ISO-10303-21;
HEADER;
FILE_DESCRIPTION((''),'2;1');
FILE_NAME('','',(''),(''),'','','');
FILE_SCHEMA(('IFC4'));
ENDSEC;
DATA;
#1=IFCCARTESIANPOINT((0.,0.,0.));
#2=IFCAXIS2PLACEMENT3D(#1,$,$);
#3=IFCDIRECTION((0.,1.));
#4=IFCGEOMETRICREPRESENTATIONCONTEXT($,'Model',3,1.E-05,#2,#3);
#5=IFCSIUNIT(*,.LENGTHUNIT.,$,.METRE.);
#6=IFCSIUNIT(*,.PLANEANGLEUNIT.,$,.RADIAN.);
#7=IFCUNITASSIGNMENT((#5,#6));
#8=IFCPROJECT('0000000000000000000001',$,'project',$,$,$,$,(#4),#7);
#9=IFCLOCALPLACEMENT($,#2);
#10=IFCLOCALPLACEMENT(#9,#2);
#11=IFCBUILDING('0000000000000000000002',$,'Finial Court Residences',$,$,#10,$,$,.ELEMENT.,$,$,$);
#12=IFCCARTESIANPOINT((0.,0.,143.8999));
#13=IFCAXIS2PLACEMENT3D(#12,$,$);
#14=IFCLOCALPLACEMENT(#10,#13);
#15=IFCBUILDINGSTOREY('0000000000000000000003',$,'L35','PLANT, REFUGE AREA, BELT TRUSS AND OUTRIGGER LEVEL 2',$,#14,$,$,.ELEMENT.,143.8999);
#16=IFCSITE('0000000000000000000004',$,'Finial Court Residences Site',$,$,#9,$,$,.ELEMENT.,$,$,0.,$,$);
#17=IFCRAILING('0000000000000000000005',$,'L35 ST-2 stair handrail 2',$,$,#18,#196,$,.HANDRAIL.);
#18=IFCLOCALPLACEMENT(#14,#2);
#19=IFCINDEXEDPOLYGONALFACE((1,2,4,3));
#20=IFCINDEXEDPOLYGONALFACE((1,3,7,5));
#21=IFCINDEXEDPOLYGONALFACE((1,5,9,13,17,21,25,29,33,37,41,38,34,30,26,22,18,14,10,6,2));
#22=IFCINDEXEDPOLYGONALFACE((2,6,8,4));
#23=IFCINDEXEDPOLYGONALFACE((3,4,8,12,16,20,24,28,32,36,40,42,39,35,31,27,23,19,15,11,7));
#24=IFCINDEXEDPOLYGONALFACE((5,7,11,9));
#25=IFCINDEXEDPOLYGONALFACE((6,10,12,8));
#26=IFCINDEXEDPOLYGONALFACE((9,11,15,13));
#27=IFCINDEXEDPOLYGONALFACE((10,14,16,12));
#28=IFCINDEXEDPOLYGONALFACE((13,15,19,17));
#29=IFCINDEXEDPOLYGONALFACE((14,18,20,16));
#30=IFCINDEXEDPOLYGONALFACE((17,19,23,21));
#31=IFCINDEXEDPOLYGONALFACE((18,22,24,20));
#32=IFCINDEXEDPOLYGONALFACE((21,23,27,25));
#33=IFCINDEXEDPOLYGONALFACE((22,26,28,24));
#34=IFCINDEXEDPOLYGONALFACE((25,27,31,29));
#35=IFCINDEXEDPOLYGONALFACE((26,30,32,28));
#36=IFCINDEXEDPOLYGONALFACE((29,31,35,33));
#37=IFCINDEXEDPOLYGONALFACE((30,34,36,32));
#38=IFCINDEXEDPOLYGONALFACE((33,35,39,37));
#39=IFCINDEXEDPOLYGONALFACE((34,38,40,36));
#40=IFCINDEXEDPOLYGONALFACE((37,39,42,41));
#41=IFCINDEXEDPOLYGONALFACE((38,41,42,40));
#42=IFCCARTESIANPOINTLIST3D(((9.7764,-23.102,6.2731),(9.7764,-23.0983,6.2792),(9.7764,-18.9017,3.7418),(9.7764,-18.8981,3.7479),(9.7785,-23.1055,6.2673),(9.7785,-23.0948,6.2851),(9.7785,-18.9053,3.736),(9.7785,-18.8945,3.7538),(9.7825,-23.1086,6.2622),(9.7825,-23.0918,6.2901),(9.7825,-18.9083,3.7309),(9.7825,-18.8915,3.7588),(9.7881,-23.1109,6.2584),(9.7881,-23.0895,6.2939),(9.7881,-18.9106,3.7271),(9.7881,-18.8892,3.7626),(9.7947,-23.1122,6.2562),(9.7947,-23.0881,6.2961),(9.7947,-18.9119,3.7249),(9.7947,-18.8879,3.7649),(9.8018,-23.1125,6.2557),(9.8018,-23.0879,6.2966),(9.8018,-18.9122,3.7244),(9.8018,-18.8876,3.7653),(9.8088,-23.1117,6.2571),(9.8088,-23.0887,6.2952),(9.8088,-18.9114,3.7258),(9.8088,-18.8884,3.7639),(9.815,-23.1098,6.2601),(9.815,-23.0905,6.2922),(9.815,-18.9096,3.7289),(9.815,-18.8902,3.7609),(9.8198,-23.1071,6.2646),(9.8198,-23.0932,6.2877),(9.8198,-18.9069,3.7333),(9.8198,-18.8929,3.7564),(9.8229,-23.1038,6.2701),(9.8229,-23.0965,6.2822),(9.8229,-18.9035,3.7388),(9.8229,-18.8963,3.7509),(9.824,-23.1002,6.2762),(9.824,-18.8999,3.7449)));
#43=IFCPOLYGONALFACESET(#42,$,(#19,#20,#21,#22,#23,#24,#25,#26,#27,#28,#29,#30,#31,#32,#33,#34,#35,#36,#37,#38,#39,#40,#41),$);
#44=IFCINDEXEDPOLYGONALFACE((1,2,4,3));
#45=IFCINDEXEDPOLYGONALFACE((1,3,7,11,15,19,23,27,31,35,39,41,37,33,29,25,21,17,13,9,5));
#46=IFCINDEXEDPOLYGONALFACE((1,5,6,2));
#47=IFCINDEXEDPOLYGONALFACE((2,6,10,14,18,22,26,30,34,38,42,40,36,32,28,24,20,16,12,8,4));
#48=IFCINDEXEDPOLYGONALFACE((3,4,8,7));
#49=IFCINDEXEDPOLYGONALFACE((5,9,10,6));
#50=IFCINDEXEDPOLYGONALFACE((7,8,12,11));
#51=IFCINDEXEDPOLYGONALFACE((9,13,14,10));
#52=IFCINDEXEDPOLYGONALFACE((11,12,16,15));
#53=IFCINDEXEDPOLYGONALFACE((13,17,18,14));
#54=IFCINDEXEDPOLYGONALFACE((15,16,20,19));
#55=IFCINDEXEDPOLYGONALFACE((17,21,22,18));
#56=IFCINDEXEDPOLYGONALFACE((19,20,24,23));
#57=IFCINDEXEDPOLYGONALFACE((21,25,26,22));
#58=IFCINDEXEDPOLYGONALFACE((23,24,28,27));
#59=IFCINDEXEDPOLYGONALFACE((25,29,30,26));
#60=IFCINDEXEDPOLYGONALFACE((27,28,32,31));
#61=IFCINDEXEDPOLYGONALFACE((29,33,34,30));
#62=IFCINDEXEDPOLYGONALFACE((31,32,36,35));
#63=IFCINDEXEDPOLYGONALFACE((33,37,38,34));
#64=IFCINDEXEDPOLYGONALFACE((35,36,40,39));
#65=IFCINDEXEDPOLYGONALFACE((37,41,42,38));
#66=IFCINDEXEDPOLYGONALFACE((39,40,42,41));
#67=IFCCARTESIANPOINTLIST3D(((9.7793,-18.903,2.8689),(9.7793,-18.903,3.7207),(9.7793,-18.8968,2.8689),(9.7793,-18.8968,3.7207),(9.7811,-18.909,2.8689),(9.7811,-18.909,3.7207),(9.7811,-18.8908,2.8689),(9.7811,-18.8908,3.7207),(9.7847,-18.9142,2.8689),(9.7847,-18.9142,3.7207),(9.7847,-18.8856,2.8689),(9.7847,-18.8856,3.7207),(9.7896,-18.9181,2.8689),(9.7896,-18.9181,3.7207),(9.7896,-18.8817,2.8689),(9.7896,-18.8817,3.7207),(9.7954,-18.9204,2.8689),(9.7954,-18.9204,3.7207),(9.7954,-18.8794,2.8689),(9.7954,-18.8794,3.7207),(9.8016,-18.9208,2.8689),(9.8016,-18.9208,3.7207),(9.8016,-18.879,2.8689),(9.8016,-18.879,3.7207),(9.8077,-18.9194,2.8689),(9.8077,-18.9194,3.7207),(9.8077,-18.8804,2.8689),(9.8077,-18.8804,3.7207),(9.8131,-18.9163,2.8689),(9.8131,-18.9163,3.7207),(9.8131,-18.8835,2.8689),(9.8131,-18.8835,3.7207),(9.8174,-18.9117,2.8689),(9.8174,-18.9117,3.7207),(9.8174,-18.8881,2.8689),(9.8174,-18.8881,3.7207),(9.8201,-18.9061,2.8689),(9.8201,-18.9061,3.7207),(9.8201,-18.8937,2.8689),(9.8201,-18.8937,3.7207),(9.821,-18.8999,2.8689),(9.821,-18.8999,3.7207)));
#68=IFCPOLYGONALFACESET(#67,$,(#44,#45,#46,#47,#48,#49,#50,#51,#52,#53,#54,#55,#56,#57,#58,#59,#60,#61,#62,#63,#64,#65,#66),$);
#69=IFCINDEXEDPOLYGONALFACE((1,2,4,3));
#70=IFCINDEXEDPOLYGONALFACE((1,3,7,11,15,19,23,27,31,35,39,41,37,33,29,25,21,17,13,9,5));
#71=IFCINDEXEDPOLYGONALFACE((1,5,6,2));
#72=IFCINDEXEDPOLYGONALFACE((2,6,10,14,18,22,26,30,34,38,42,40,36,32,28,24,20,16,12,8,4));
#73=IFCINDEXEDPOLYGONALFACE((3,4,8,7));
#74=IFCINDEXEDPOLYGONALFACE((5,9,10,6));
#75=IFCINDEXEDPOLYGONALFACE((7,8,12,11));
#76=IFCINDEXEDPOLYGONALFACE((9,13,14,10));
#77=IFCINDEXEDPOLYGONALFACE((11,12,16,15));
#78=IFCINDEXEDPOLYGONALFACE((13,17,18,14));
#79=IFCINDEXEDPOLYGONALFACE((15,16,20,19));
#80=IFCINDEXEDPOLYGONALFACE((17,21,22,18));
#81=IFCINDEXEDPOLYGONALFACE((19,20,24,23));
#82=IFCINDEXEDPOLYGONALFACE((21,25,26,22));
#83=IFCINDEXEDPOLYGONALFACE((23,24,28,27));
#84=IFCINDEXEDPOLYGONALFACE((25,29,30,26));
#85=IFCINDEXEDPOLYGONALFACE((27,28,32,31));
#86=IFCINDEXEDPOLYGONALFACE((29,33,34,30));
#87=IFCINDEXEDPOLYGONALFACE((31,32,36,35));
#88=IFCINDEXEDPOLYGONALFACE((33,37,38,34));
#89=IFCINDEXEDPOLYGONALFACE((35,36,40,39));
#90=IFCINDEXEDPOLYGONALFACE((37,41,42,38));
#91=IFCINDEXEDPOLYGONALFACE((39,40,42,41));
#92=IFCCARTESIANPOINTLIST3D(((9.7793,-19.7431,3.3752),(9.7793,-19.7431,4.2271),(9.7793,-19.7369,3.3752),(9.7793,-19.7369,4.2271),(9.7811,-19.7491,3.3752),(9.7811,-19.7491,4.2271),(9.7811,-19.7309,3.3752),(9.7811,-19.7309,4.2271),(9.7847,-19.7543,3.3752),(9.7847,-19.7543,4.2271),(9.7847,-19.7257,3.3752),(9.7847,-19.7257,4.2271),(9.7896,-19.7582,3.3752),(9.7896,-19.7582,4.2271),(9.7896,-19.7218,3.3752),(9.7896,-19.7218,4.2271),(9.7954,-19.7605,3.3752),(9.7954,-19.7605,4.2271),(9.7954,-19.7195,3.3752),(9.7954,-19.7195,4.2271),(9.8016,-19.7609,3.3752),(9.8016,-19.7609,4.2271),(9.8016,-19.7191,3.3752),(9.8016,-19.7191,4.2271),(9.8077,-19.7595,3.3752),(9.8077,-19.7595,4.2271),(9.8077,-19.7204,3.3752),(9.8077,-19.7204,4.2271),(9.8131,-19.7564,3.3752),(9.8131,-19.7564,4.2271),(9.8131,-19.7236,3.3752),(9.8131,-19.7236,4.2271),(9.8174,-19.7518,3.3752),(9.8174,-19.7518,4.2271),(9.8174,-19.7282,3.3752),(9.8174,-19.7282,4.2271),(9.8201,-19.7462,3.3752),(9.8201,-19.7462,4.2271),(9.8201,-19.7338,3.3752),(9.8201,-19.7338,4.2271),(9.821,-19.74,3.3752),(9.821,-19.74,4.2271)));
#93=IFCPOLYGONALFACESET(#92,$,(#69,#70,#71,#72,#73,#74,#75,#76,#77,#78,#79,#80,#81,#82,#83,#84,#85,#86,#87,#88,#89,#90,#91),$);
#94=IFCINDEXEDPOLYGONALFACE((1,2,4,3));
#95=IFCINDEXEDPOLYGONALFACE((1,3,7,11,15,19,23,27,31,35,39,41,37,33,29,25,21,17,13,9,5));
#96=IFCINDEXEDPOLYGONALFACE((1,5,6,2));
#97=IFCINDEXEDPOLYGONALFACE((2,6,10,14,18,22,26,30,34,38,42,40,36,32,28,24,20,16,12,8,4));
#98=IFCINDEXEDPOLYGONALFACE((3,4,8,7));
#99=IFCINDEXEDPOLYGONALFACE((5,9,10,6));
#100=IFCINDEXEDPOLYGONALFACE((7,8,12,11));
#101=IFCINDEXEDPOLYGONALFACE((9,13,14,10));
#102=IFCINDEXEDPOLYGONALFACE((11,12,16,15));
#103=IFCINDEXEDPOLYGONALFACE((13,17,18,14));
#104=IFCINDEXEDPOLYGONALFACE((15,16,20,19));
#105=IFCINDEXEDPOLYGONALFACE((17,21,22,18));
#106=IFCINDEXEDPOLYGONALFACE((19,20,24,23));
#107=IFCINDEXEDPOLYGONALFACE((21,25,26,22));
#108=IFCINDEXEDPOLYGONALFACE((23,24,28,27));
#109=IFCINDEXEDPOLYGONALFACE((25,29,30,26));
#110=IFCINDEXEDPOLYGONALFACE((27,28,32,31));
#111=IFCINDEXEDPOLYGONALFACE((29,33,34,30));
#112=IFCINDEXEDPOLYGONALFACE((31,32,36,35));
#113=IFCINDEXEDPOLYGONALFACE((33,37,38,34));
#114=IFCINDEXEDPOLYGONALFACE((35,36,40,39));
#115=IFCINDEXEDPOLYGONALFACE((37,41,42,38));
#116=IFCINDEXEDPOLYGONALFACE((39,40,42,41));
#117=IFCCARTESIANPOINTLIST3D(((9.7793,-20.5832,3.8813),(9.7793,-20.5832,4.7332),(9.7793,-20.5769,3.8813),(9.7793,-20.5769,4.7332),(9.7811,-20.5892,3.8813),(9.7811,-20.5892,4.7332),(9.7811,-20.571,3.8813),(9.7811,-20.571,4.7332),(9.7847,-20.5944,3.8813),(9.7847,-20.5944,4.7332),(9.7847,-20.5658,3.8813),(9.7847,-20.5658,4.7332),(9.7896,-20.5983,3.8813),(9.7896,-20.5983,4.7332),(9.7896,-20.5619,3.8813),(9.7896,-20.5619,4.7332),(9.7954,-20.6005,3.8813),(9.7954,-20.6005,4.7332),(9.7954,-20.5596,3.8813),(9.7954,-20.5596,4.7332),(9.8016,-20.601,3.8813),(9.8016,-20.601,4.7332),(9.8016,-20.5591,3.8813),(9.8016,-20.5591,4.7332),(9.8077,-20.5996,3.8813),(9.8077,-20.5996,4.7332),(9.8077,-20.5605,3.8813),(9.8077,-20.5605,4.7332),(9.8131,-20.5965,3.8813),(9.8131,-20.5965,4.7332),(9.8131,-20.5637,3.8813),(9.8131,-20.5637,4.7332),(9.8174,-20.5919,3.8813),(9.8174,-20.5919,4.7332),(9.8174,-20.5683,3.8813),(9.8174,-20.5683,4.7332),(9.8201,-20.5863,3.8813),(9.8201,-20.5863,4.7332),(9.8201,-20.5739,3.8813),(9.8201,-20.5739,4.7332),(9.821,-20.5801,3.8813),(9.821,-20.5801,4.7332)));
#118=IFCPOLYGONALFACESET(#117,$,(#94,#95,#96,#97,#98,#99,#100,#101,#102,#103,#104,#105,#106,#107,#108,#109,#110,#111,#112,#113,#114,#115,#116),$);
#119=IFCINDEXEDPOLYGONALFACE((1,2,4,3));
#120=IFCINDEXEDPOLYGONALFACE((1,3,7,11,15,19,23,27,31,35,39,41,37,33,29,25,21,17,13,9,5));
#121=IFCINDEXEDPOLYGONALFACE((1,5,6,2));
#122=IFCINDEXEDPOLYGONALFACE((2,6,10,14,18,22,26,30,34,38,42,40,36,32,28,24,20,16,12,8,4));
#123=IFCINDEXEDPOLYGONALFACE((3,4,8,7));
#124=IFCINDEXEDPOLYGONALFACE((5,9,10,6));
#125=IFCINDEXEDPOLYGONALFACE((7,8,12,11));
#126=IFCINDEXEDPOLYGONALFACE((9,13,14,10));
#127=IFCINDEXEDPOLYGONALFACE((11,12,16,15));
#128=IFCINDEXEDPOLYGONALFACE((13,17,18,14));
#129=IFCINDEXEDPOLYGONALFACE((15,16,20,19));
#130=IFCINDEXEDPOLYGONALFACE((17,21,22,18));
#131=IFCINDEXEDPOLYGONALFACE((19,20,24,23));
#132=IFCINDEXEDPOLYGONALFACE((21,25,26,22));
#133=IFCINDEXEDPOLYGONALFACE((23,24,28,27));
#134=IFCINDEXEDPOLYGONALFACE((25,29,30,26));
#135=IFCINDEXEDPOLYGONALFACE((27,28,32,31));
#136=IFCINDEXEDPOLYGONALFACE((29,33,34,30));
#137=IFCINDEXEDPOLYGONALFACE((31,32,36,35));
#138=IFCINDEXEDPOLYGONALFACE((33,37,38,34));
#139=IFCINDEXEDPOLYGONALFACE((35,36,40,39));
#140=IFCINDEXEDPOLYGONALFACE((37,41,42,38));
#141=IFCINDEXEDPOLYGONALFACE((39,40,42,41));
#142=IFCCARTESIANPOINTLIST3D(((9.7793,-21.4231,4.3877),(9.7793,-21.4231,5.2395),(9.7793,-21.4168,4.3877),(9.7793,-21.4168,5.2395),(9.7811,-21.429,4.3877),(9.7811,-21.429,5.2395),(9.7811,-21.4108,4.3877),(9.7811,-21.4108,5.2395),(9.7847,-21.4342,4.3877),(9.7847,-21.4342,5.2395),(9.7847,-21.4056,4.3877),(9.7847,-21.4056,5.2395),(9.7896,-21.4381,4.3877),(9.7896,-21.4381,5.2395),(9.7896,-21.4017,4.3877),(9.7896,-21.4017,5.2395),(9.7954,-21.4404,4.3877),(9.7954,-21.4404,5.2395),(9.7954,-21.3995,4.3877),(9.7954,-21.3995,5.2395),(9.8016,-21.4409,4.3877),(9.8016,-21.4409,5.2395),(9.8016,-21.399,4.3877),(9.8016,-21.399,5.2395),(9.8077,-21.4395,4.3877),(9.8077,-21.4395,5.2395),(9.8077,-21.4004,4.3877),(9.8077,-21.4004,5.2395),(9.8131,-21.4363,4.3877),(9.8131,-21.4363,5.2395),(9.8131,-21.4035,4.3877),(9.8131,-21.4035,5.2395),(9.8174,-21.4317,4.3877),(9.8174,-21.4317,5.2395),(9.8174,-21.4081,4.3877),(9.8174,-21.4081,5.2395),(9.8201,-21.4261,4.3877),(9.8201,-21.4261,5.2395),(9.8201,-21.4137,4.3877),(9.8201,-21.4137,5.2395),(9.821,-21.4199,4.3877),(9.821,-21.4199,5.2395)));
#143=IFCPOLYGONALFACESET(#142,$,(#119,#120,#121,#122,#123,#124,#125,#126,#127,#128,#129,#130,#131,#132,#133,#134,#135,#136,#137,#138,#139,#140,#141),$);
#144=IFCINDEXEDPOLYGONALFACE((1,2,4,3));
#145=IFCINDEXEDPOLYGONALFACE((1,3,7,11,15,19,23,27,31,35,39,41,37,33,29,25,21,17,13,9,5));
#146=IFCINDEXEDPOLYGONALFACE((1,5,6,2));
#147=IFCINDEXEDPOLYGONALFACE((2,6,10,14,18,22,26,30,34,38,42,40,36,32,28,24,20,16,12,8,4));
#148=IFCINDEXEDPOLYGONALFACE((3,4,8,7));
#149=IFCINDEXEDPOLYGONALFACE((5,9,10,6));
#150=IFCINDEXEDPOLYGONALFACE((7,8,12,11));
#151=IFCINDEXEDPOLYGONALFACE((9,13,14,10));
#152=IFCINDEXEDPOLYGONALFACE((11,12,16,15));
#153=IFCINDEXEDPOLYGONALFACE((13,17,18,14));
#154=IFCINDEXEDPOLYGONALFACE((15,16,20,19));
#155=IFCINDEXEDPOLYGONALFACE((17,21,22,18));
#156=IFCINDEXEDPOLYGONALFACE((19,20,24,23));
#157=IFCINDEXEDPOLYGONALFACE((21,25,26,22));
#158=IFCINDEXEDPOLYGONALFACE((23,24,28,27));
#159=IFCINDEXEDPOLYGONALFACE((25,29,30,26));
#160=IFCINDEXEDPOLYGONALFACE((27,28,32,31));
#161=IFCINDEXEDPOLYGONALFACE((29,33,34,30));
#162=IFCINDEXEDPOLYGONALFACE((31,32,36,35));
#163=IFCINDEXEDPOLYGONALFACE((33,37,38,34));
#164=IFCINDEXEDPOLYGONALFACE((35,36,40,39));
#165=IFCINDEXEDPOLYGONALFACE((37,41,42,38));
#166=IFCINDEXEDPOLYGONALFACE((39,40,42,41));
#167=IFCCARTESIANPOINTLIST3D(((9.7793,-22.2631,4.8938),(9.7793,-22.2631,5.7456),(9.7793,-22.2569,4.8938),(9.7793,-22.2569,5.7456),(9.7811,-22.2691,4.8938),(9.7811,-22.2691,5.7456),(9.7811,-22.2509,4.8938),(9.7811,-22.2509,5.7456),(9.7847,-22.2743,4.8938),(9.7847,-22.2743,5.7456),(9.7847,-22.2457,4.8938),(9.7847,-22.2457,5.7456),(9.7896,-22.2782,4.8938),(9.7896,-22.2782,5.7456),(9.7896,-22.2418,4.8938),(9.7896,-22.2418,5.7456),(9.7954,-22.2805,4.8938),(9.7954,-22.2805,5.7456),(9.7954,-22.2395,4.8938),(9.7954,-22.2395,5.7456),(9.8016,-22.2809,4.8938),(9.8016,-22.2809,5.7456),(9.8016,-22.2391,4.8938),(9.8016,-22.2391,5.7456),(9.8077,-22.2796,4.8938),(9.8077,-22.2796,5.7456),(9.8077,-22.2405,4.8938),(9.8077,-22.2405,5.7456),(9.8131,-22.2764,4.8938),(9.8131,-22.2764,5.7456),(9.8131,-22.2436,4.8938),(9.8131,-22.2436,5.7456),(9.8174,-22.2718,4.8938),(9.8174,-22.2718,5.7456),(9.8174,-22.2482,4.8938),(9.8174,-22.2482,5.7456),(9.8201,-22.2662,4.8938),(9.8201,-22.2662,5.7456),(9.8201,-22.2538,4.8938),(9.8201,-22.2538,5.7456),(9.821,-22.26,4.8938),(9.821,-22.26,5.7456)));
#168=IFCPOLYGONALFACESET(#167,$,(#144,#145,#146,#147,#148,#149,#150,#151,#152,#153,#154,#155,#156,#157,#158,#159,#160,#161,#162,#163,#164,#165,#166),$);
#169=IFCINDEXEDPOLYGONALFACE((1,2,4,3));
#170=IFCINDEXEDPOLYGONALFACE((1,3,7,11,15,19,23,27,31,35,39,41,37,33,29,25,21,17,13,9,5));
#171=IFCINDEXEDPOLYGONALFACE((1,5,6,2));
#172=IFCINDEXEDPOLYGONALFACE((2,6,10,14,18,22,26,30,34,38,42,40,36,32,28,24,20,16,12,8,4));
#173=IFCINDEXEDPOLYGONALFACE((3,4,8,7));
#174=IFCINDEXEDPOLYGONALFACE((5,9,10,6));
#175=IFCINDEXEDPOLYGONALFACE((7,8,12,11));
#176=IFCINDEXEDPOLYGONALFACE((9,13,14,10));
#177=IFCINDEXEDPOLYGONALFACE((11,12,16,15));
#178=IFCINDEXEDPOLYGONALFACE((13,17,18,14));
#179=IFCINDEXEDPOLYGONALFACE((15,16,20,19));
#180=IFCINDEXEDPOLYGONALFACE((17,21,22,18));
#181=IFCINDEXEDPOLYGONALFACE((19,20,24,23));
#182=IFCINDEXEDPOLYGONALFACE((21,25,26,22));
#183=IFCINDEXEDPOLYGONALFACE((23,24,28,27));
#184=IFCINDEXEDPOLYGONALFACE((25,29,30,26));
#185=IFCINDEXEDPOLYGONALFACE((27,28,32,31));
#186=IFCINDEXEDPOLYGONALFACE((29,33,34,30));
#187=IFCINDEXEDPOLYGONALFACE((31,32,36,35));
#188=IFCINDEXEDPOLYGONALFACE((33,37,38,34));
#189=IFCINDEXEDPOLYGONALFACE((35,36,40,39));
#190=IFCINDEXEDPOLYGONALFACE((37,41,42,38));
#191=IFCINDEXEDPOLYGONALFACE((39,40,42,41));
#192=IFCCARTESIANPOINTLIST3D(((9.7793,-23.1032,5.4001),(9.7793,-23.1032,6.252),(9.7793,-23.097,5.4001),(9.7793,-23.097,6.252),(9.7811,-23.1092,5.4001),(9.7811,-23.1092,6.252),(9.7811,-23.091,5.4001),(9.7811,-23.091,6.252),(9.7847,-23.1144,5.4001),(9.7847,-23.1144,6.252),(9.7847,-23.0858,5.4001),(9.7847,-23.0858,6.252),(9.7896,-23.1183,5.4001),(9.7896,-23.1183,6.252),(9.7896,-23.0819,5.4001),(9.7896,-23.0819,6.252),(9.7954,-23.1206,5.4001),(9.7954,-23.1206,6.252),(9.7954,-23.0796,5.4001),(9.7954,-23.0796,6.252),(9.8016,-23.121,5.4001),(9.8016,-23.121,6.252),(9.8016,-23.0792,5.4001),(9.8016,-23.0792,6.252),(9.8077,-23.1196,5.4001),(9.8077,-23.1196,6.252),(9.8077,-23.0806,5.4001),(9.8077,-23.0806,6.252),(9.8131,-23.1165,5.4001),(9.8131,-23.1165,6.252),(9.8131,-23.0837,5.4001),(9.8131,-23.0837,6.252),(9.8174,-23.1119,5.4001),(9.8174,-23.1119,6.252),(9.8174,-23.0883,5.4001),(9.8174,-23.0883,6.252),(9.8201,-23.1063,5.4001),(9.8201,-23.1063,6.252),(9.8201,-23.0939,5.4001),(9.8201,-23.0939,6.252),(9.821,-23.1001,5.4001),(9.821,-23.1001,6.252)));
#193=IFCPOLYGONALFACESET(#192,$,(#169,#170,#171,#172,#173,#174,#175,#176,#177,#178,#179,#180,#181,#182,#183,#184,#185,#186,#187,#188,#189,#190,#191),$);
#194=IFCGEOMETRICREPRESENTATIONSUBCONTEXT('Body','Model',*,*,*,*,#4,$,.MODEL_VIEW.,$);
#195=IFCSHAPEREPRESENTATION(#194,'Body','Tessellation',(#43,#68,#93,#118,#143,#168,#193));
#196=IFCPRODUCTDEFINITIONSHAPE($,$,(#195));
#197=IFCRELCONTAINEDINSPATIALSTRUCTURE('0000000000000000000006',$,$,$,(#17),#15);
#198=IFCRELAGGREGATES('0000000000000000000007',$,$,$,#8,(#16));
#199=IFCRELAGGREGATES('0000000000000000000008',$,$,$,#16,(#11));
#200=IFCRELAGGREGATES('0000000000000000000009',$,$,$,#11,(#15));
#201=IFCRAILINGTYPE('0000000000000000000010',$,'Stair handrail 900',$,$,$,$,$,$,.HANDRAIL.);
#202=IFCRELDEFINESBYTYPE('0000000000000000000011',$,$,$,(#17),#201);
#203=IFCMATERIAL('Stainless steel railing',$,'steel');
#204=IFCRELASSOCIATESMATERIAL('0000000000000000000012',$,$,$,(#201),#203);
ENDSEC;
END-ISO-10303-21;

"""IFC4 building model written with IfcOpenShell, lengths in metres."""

from ifc_helpers import new_model, si_unit, direction, frame, origin, origin_2d, place, context, subcontext, project, spatial, circle, extrude, material, type_object, element, save


model = new_model("IFC4")

# Units and contexts
model_context = context("Model", 3, precision=1e-05, world=origin(), true_north=direction((0.0, 1.0)))
body_context = subcontext(model_context, "Body", "Model", "MODEL_VIEW")
ifc_project = project(units=[si_unit("LENGTHUNIT", "METRE"), si_unit("PLANEANGLEUNIT", "RADIAN")], contexts=[model_context])

# Site, building, storey
site_placement = place(None, origin())
site = spatial("IfcSite", under=ifc_project, at=site_placement, Name="Finial Court Residences Site", CompositionType="ELEMENT", RefElevation=0.0)
building_placement = place(site_placement, origin())
building = spatial("IfcBuilding", under=site, at=building_placement, Name="Finial Court Residences", CompositionType="ELEMENT")
storey_placement = place(building_placement, frame((0.0, 0.0, 143.8999)))
storey = spatial("IfcBuildingStorey", under=building, at=storey_placement, Name="L35", Description="PLANT, REFUGE AREA, BELT TRUSS AND OUTRIGGER LEVEL 2", CompositionType="ELEMENT", Elevation=143.8999)

# Railing
ifc_material_1 = material(Name="Stainless steel railing", Category="steel")
railing_type_1 = type_object("IfcRailingType", Name="Stair handrail 900", PredefinedType="HANDRAIL", material=ifc_material_1)
railing_1_placement = place(storey_placement, frame((9.8, -18.8999, 2.8689)))
element("IfcRailing", 1, at=railing_1_placement, inside=storey, type_object=railing_type_1, Name="L35 ST-2 stair handrail 2", PredefinedType="HANDRAIL", context=body_context, shape_type="SweptSolid", body=[
    extrude(circle(Radius=0.0239, at=origin_2d()), frame((0.0, 0.0, 0.876), z_axis=(0.0, -0.85649, 0.516164), x_axis=(1.0, 0.0, 0.0)), (0.0, 0.0, 1.0), 4.9041),
    extrude(circle(Radius=0.021, at=origin_2d()), origin(), (0.0, 0.0, 1.0), 0.8518),
    extrude(circle(Radius=0.021, at=origin_2d()), frame((0.0, -0.8401, 0.5063)), (0.0, 0.0, 1.0), 0.8518),
    extrude(circle(Radius=0.021, at=origin_2d()), frame((0.0, -1.6802, 1.0125)), (0.0, 0.0, 1.0), 0.8518),
    extrude(circle(Radius=0.021, at=origin_2d()), frame((0.0, -2.52, 1.5188)), (0.0, 0.0, 1.0), 0.8518),
    extrude(circle(Radius=0.021, at=origin_2d()), frame((0.0, -3.3601, 2.0249)), (0.0, 0.0, 1.0), 0.8518),
    extrude(circle(Radius=0.021, at=origin_2d()), frame((0.0, -4.2002, 2.5312)), (0.0, 0.0, 1.0), 0.8518),
])

save(model, "model.ifc")
